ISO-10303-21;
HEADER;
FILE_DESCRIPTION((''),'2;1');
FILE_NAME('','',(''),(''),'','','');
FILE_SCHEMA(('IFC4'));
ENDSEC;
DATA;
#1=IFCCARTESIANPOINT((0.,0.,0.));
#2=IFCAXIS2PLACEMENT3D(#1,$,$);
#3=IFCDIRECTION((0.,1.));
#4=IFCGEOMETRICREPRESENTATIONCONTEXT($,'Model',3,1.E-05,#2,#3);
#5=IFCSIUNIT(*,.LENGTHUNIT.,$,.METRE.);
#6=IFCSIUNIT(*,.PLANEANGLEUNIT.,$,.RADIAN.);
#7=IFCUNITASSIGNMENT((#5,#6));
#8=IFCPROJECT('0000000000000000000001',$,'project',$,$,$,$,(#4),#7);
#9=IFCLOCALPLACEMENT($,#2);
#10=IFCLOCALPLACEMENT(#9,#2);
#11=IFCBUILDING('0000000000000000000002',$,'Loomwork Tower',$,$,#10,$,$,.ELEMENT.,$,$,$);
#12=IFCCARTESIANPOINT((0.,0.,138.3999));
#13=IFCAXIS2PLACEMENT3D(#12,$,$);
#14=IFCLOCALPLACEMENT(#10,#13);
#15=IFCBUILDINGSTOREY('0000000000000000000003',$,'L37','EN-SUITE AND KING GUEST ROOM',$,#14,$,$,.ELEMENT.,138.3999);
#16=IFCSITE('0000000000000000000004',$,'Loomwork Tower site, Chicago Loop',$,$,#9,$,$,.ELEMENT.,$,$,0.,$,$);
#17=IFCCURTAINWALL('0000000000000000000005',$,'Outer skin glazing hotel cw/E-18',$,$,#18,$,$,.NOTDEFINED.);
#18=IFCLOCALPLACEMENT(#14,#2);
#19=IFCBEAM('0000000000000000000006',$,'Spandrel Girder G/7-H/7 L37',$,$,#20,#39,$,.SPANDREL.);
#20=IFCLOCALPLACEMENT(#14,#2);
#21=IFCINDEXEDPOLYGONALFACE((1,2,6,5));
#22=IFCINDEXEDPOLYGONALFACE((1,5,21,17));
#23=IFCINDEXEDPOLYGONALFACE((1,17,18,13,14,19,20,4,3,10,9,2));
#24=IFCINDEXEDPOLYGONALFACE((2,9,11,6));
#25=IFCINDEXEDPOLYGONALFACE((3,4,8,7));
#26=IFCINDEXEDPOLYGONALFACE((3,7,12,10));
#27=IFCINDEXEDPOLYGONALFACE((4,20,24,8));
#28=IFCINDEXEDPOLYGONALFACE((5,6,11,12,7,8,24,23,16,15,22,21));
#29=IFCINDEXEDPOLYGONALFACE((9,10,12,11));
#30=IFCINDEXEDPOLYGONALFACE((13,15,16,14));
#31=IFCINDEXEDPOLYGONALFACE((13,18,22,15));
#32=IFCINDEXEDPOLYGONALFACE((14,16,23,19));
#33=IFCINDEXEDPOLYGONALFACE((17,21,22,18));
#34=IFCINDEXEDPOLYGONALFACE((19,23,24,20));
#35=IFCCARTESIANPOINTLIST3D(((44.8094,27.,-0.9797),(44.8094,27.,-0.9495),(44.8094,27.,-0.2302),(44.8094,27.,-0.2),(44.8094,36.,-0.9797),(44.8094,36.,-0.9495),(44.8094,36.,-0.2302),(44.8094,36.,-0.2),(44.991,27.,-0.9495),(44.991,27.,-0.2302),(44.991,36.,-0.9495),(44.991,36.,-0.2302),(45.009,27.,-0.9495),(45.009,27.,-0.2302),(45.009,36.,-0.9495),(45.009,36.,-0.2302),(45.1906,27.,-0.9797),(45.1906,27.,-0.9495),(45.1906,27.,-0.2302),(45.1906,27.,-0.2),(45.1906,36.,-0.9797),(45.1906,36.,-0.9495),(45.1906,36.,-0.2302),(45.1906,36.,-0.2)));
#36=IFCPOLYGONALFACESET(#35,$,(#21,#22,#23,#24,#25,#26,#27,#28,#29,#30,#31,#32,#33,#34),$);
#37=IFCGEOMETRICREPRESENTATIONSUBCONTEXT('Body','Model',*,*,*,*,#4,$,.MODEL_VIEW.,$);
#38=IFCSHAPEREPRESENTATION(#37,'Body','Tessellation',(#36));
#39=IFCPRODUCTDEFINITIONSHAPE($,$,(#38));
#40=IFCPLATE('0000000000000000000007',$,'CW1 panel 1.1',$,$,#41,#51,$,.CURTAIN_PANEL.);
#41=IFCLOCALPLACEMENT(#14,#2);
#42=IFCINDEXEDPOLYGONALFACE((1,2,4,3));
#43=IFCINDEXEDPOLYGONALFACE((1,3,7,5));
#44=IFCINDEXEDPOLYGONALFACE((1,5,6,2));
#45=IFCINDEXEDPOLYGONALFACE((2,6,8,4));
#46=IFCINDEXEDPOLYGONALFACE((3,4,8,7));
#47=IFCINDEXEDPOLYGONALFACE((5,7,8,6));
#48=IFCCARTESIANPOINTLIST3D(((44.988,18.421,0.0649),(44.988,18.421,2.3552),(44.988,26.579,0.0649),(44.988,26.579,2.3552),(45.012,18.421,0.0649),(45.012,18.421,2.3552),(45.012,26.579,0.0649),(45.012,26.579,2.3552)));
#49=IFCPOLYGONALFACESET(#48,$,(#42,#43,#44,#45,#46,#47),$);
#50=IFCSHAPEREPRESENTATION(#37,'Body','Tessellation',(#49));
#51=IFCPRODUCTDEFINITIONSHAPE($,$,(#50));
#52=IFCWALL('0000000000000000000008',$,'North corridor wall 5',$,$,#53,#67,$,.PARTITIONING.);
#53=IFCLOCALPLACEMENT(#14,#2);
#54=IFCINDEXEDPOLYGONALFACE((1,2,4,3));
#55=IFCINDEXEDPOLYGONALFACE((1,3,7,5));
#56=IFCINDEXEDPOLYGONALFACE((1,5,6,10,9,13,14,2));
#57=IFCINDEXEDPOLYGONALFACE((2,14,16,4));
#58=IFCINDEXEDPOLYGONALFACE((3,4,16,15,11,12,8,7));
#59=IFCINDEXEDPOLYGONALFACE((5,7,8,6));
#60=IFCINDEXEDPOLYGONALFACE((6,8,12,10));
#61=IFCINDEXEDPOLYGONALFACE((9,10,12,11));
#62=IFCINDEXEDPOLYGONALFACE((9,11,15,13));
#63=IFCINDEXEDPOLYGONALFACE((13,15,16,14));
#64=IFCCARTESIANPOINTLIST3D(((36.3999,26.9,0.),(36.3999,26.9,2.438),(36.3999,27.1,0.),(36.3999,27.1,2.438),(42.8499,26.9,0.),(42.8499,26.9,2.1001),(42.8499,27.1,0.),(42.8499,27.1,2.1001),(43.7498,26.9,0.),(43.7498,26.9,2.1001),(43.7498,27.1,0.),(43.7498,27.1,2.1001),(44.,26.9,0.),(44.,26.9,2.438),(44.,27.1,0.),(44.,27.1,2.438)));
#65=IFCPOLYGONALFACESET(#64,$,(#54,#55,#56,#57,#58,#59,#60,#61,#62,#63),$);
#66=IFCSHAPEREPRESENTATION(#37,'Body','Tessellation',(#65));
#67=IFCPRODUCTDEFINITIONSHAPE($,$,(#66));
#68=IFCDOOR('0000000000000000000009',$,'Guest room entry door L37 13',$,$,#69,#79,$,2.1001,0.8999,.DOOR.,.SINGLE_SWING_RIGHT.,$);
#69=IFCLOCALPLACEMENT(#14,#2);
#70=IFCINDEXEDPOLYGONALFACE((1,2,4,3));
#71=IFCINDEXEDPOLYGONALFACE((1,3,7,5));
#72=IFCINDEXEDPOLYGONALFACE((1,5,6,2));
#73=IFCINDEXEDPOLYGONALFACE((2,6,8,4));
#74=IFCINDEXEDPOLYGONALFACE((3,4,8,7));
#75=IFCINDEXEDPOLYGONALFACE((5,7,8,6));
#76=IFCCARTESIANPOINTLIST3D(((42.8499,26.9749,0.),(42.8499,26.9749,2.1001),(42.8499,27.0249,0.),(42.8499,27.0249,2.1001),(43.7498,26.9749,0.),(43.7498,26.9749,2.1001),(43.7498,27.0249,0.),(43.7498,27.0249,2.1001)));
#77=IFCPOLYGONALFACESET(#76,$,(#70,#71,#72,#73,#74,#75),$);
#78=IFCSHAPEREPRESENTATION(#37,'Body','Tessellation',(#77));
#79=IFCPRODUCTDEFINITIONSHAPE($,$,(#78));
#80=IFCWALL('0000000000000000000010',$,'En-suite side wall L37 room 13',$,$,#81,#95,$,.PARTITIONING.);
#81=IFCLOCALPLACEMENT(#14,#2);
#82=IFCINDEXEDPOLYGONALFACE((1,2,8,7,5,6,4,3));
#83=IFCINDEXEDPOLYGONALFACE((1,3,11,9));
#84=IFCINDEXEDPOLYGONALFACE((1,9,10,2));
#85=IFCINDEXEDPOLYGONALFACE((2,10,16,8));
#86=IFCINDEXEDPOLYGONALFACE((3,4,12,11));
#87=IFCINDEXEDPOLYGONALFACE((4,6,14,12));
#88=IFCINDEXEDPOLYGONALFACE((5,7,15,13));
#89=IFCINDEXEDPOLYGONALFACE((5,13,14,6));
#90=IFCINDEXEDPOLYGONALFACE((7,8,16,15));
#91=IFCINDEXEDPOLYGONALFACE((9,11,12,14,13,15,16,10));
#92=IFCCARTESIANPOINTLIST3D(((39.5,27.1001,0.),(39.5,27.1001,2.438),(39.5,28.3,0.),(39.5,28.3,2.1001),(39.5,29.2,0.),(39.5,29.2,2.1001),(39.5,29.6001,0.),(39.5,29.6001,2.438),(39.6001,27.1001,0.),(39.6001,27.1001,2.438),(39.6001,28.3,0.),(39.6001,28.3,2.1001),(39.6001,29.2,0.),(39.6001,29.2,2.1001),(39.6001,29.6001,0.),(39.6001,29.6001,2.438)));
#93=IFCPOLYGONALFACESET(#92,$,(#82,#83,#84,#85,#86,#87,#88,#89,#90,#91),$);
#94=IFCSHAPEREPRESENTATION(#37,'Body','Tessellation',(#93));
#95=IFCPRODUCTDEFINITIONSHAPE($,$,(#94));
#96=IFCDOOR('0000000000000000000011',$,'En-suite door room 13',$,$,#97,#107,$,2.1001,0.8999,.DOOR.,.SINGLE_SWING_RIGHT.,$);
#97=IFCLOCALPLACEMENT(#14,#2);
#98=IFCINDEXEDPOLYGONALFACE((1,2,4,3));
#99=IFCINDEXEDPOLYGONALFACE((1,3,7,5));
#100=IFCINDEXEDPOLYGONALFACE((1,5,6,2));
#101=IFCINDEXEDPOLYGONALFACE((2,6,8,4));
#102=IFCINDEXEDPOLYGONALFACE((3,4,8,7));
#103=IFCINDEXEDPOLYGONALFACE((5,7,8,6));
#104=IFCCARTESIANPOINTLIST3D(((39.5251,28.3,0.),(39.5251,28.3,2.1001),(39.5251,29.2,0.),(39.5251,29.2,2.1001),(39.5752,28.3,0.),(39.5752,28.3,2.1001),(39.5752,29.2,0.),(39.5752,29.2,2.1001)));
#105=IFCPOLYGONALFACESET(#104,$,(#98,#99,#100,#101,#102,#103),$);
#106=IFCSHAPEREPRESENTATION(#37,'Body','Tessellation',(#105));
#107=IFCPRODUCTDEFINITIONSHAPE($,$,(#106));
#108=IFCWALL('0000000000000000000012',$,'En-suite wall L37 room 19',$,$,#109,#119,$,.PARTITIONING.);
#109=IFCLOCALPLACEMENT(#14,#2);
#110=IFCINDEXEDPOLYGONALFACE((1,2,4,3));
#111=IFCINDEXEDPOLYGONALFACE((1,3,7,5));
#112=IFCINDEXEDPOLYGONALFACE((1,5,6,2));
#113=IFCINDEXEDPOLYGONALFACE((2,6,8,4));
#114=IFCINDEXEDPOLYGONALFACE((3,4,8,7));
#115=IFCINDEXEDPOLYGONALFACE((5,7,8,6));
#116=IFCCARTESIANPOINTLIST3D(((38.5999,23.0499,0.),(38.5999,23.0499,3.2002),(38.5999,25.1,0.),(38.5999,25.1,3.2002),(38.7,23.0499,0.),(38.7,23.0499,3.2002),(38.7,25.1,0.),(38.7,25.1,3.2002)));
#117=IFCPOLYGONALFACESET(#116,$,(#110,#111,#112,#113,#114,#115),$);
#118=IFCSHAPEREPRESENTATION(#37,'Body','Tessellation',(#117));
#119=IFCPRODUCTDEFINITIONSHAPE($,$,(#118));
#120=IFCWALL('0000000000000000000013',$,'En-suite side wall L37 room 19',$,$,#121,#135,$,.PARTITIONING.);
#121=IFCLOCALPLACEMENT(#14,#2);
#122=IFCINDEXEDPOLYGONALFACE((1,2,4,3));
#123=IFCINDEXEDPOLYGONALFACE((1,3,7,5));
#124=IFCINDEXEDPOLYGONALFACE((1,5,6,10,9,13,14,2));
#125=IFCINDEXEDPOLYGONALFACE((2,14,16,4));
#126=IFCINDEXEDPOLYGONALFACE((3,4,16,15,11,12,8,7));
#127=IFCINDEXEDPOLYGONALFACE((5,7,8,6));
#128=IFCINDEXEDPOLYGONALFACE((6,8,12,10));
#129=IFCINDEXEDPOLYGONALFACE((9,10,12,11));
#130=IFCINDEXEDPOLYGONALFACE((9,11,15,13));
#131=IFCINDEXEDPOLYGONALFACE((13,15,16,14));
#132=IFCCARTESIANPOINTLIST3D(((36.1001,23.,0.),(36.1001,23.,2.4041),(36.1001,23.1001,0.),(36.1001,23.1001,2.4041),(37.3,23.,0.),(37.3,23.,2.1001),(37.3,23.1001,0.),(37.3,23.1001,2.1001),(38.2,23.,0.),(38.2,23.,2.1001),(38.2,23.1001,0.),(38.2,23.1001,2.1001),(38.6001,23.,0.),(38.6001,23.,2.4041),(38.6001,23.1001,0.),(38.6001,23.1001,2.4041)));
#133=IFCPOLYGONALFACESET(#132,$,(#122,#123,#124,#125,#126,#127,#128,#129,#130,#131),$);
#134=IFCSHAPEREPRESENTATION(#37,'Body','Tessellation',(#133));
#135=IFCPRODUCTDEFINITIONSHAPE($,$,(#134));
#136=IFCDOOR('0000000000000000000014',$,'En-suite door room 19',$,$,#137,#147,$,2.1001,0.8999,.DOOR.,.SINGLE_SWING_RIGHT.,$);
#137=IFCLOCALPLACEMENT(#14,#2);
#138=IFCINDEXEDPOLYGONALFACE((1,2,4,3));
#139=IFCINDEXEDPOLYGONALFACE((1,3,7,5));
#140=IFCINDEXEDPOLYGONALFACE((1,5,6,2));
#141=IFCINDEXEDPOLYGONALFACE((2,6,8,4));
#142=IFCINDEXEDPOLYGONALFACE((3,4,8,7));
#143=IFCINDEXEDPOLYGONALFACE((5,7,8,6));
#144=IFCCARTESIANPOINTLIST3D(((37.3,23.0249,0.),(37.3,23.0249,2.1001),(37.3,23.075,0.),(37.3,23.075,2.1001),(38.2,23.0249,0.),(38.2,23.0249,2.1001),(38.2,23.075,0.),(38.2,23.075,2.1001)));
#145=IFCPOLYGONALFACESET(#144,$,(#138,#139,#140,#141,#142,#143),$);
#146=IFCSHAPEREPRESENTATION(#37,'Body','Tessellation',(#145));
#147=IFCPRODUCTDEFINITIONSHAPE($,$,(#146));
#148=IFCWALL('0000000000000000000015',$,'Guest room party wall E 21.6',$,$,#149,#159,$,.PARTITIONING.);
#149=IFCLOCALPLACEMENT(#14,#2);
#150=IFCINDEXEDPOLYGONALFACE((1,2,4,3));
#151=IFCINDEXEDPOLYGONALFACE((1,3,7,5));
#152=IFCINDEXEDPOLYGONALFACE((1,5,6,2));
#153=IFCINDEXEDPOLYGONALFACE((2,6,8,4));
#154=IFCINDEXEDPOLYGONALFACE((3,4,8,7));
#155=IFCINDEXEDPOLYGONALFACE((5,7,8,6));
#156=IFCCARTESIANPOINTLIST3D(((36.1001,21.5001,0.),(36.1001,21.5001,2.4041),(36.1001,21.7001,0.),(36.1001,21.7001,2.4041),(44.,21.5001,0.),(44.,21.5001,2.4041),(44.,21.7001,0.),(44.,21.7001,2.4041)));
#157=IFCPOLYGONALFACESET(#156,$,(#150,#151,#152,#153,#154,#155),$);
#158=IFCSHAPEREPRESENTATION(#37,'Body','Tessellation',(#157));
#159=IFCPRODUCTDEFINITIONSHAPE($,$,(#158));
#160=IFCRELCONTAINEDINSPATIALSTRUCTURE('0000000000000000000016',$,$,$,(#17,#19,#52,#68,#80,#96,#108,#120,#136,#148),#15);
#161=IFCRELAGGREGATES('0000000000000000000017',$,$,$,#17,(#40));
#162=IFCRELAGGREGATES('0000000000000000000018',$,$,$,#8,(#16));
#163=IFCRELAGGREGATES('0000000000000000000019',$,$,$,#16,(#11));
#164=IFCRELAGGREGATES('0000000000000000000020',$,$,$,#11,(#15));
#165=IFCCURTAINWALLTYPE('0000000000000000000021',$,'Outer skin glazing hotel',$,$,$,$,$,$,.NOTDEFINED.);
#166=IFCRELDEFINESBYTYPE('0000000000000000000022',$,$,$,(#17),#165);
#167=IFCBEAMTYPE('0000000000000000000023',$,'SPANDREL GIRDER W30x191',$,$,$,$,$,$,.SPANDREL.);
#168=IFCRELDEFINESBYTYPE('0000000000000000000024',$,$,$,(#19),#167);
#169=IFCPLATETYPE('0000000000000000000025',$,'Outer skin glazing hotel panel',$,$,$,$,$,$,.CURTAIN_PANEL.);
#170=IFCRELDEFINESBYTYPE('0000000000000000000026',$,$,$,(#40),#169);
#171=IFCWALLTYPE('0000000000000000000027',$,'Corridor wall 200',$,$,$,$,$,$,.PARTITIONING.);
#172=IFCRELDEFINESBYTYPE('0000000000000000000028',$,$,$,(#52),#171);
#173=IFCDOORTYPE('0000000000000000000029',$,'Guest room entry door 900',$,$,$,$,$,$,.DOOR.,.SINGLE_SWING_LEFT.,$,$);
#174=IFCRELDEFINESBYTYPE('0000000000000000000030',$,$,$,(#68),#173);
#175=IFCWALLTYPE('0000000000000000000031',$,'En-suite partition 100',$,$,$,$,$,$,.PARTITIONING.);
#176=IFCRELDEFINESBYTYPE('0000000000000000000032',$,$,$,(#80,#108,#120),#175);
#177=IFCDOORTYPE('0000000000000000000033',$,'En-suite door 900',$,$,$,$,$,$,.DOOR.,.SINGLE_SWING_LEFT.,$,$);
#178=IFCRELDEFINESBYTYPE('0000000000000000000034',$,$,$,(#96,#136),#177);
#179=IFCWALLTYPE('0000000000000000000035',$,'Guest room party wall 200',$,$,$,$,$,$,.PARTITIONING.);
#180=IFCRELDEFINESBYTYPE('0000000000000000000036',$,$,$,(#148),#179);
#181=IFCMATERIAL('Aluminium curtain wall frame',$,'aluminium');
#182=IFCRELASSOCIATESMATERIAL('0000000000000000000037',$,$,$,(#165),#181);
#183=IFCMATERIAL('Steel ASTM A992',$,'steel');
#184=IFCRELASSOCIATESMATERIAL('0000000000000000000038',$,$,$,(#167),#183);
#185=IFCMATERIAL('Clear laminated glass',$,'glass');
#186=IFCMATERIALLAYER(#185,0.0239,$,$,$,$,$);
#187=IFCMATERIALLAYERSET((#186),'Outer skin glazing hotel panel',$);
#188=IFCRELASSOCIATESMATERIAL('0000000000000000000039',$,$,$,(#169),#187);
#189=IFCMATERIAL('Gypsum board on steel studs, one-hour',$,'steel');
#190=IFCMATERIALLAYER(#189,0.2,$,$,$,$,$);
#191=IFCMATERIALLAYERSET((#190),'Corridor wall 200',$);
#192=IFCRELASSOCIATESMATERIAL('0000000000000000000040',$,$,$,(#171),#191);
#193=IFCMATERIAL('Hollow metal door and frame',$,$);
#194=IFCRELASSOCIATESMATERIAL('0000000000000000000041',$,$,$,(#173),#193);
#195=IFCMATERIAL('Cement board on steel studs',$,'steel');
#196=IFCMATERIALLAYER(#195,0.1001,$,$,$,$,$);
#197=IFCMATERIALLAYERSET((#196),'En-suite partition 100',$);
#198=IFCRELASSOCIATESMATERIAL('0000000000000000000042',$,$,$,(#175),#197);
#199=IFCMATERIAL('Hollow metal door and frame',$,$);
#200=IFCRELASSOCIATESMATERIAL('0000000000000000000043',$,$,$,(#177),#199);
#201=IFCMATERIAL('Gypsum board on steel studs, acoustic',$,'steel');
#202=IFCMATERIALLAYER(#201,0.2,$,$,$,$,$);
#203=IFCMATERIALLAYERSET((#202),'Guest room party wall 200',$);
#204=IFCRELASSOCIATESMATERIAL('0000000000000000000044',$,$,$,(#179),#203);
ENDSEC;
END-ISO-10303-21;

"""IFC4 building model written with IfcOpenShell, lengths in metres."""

from ifc_helpers import new_model, si_unit, direction, frame, frame_2d, origin, origin_2d, place, context, subcontext, project, spatial, rectangle, i_section, extrude, material, layer, layer_set, material_profile, profile_set, type_object, element, fill, aggregate, save


model = new_model("IFC4")

# Units and contexts
model_context = context("Model", 3, precision=1e-05, world=origin(), true_north=direction((0.0, 1.0)))
body_context = subcontext(model_context, "Body", "Model", "MODEL_VIEW")
ifc_project = project(units=[si_unit("LENGTHUNIT", "METRE"), si_unit("PLANEANGLEUNIT", "RADIAN")], contexts=[model_context])

# Site, building, storey
site_placement = place(None, origin())
site = spatial("IfcSite", under=ifc_project, at=site_placement, Name="Loomwork Tower site, Chicago Loop", CompositionType="ELEMENT", RefElevation=0.0)
building_placement = place(site_placement, origin())
building = spatial("IfcBuilding", under=site, at=building_placement, Name="Loomwork Tower", CompositionType="ELEMENT")
storey_placement = place(building_placement, frame((0.0, 0.0, 138.3999)))
storey = spatial("IfcBuildingStorey", under=building, at=storey_placement, Name="L37", Description="EN-SUITE AND KING GUEST ROOM", CompositionType="ELEMENT", Elevation=138.3999)

# Curtain wall
ifc_material_1 = material(Name="Aluminium curtain wall frame", Category="aluminium")
curtain_wall_type = type_object("IfcCurtainWallType", Name="Outer skin glazing hotel", PredefinedType="NOTDEFINED", material=ifc_material_1)
curtain_wall_1_placement = place(storey_placement, origin())
curtain_wall_1 = element("IfcCurtainWall", 1, at=curtain_wall_1_placement, inside=storey, type_object=curtain_wall_type, Name="Outer skin glazing hotel cw/E-18", PredefinedType="NOTDEFINED")

# Beam
ifc_material_2 = material(Name="Steel ASTM A992", Category="steel")
ifc_material_profile_1 = material_profile(ifc_material_2, i_section(OverallWidth=0.3811, OverallDepth=0.7798, WebThickness=0.0181, FlangeThickness=0.0303, at=origin_2d()), Name="W30x191")
ifc_profile_set_1 = profile_set([ifc_material_profile_1], Name="Steel ASTM A992")
beam_type_1 = type_object("IfcBeamType", Name="SPANDREL GIRDER W30x191", PredefinedType="SPANDREL", material=ifc_profile_set_1)
beam_1_placement = place(storey_placement, frame((45.0, 27.0, -0.5898), z_axis=(0.0, 1.0, 0.0), x_axis=(-1.0, 0.0, 0.0)))
element("IfcBeam", 2, at=beam_1_placement, inside=storey, type_object=beam_type_1, Name="Spandrel Girder G/7-H/7 L37", PredefinedType="SPANDREL", context=body_context, shape_type="SweptSolid", body=[
    extrude(i_section(OverallWidth=0.3811, OverallDepth=0.7798, WebThickness=0.0181, FlangeThickness=0.0303, at=origin_2d()), origin(), (0.0, 0.0, 1.0), 9.0),
])

# Plate
ifc_material_3 = material(Name="Clear laminated glass", Category="glass")
ifc_layer_1 = layer(ifc_material_3, 0.0239)
ifc_layer_set_1 = layer_set([ifc_layer_1], Name="Outer skin glazing hotel panel")
plate_type = type_object("IfcPlateType", Name="Outer skin glazing hotel panel", PredefinedType="CURTAIN_PANEL", material=ifc_layer_set_1)
plate_placement = place(storey_placement, frame((45.0, 22.5, 0.0649), z_axis=(0.0, 0.0, 1.0), x_axis=(0.0, 1.0, 0.0)))
plate = element("IfcPlate", 3, at=plate_placement, type_object=plate_type, Name="CW1 panel 1.1", PredefinedType="CURTAIN_PANEL", context=body_context, shape_type="SweptSolid", body=[
    extrude(rectangle(XDim=8.158, YDim=0.0239, at=origin_2d()), origin(), (0.0, 0.0, 1.0), 2.2903),
])
aggregate(curtain_wall_1, [plate])

# Walls, openings, doors
ifc_material_4 = material(Name="Gypsum board on steel studs, one-hour", Category="steel")
ifc_layer_2 = layer(ifc_material_4, 0.2)
ifc_layer_set_2 = layer_set([ifc_layer_2], Name="Corridor wall 200")
wall_type_1 = type_object("IfcWallType", Name="Corridor wall 200", PredefinedType="PARTITIONING", material=ifc_layer_set_2)
wall_1_placement = place(storey_placement, frame((36.3999, 27.0, 0.0), z_axis=(0.0, 0.0, 1.0), x_axis=(1.0, 0.0, 0.0)))
wall_1 = element("IfcWall", 4, at=wall_1_placement, inside=storey, type_object=wall_type_1, Name="North corridor wall 5", PredefinedType="PARTITIONING", context=body_context, shape_type="SweptSolid", body=[
    extrude(rectangle(XDim=7.6001, YDim=0.2, at=frame_2d((3.8, 0.0))), origin(), (0.0, 0.0, 1.0), 2.438),
])
opening_1_placement = place(wall_1_placement, frame((6.45, 0.0, 0.0)))
opening_1 = element("IfcOpeningElement", 5, at=opening_1_placement, cuts=wall_1, PredefinedType="OPENING", context=body_context, shape_type="SweptSolid", body=[
    extrude(rectangle(XDim=0.8999, YDim=2.1001, at=frame_2d((0.45, 1.05))), frame((0.0, 0.1099, 0.0), z_axis=(0.0, -1.0, 0.0), x_axis=(1.0, 0.0, 0.0)), (0.0, 0.0, 1.0), 0.22),
])
ifc_material_5 = material(Name="Hollow metal door and frame")
door_type_1 = type_object("IfcDoorType", Name="Guest room entry door 900", OperationType="SINGLE_SWING_LEFT", PredefinedType="DOOR", material=ifc_material_5)
door_1_placement = place(opening_1_placement, origin())
door_1 = element("IfcDoor", 6, at=door_1_placement, inside=storey, type_object=door_type_1, Name="Guest room entry door L37 13", OperationType="SINGLE_SWING_RIGHT", OverallHeight=2.1001, OverallWidth=0.8999, PredefinedType="DOOR", context=body_context, shape_type="SweptSolid", body=[
    extrude(rectangle(XDim=0.8999, YDim=2.1001, at=frame_2d((0.45, 1.05))), frame((0.0, 0.0249, 0.0), z_axis=(0.0, -1.0, 0.0), x_axis=(1.0, 0.0, 0.0)), (0.0, 0.0, 1.0), 0.05),
])
fill(opening_1, door_1)
ifc_material_6 = material(Name="Cement board on steel studs", Category="steel")
ifc_layer_3 = layer(ifc_material_6, 0.1001)
ifc_layer_set_3 = layer_set([ifc_layer_3], Name="En-suite partition 100")
wall_type_2 = type_object("IfcWallType", Name="En-suite partition 100", PredefinedType="PARTITIONING", material=ifc_layer_set_3)
wall_2_placement = place(storey_placement, frame((39.55, 27.1001, 0.0), z_axis=(0.0, 0.0, 1.0), x_axis=(0.0, 1.0, 0.0)))
wall_2 = element("IfcWall", 7, at=wall_2_placement, inside=storey, type_object=wall_type_2, Name="En-suite side wall L37 room 13", PredefinedType="PARTITIONING", context=body_context, shape_type="SweptSolid", body=[
    extrude(rectangle(XDim=2.5, YDim=0.1001, at=frame_2d((1.25, 0.0))), origin(), (0.0, 0.0, 1.0), 2.438),
])
opening_2_placement = place(wall_2_placement, frame((1.2, 0.0, 0.0)))
opening_2 = element("IfcOpeningElement", 8, at=opening_2_placement, cuts=wall_2, PredefinedType="OPENING", context=body_context, shape_type="SweptSolid", body=[
    extrude(rectangle(XDim=0.8999, YDim=2.1001, at=frame_2d((0.45, 1.05))), frame((0.0, 0.0601, 0.0), z_axis=(0.0, -1.0, 0.0), x_axis=(1.0, 0.0, 0.0)), (0.0, 0.0, 1.0), 0.1201),
])
ifc_material_7 = material(Name="Hollow metal door and frame")
door_type_2 = type_object("IfcDoorType", Name="En-suite door 900", OperationType="SINGLE_SWING_LEFT", PredefinedType="DOOR", material=ifc_material_7)
door_2_placement = place(opening_2_placement, origin())
door_2 = element("IfcDoor", 9, at=door_2_placement, inside=storey, type_object=door_type_2, Name="En-suite door room 13", OperationType="SINGLE_SWING_RIGHT", OverallHeight=2.1001, OverallWidth=0.8999, PredefinedType="DOOR", context=body_context, shape_type="SweptSolid", body=[
    extrude(rectangle(XDim=0.8999, YDim=2.1001, at=frame_2d((0.45, 1.05))), frame((0.0, 0.0249, 0.0), z_axis=(0.0, -1.0, 0.0), x_axis=(1.0, 0.0, 0.0)), (0.0, 0.0, 1.0), 0.05),
])
fill(opening_2, door_2)

# Wall
wall_3_placement = place(storey_placement, frame((38.6499, 23.05, 0.0), z_axis=(0.0, 0.0, 1.0), x_axis=(0.0, 1.0, 0.0)))
element("IfcWall", 10, at=wall_3_placement, inside=storey, type_object=wall_type_2, Name="En-suite wall L37 room 19", PredefinedType="PARTITIONING", context=body_context, shape_type="SweptSolid", body=[
    extrude(rectangle(XDim=2.05, YDim=0.1001, at=frame_2d((1.0249, 0.0))), origin(), (0.0, 0.0, 1.0), 3.2002),
])

# Wall, opening, door
wall_4_placement = place(storey_placement, frame((36.1001, 23.05, 0.0), z_axis=(0.0, 0.0, 1.0), x_axis=(1.0, 0.0, 0.0)))
wall_4 = element("IfcWall", 11, at=wall_4_placement, inside=storey, type_object=wall_type_2, Name="En-suite side wall L37 room 19", PredefinedType="PARTITIONING", context=body_context, shape_type="SweptSolid", body=[
    extrude(rectangle(XDim=2.5, YDim=0.1001, at=frame_2d((1.25, 0.0))), origin(), (0.0, 0.0, 1.0), 2.4041),
])
opening_3_placement = place(wall_4_placement, frame((1.2, 0.0, 0.0)))
opening_3 = element("IfcOpeningElement", 12, at=opening_3_placement, cuts=wall_4, PredefinedType="OPENING", context=body_context, shape_type="SweptSolid", body=[
    extrude(rectangle(XDim=0.8999, YDim=2.1001, at=frame_2d((0.45, 1.05))), frame((0.0, 0.0601, 0.0), z_axis=(0.0, -1.0, 0.0), x_axis=(1.0, 0.0, 0.0)), (0.0, 0.0, 1.0), 0.1201),
])
door_3_placement = place(opening_3_placement, origin())
door_3 = element("IfcDoor", 13, at=door_3_placement, inside=storey, type_object=door_type_2, Name="En-suite door room 19", OperationType="SINGLE_SWING_RIGHT", OverallHeight=2.1001, OverallWidth=0.8999, PredefinedType="DOOR", context=body_context, shape_type="SweptSolid", body=[
    extrude(rectangle(XDim=0.8999, YDim=2.1001, at=frame_2d((0.45, 1.05))), frame((0.0, 0.0249, 0.0), z_axis=(0.0, -1.0, 0.0), x_axis=(1.0, 0.0, 0.0)), (0.0, 0.0, 1.0), 0.05),
])
fill(opening_3, door_3)

# Wall
ifc_material_8 = material(Name="Gypsum board on steel studs, acoustic", Category="steel")
ifc_layer_4 = layer(ifc_material_8, 0.2)
ifc_layer_set_4 = layer_set([ifc_layer_4], Name="Guest room party wall 200")
wall_type_3 = type_object("IfcWallType", Name="Guest room party wall 200", PredefinedType="PARTITIONING", material=ifc_layer_set_4)
wall_5_placement = place(storey_placement, frame((36.1001, 21.6001, 0.0), z_axis=(0.0, 0.0, 1.0), x_axis=(1.0, 0.0, 0.0)))
element("IfcWall", 14, at=wall_5_placement, inside=storey, type_object=wall_type_3, Name="Guest room party wall E 21.6", PredefinedType="PARTITIONING", context=body_context, shape_type="SweptSolid", body=[
    extrude(rectangle(XDim=7.8999, YDim=0.2, at=frame_2d((3.95, 0.0))), origin(), (0.0, 0.0, 1.0), 2.4041),
])

save(model, "model.ifc")
